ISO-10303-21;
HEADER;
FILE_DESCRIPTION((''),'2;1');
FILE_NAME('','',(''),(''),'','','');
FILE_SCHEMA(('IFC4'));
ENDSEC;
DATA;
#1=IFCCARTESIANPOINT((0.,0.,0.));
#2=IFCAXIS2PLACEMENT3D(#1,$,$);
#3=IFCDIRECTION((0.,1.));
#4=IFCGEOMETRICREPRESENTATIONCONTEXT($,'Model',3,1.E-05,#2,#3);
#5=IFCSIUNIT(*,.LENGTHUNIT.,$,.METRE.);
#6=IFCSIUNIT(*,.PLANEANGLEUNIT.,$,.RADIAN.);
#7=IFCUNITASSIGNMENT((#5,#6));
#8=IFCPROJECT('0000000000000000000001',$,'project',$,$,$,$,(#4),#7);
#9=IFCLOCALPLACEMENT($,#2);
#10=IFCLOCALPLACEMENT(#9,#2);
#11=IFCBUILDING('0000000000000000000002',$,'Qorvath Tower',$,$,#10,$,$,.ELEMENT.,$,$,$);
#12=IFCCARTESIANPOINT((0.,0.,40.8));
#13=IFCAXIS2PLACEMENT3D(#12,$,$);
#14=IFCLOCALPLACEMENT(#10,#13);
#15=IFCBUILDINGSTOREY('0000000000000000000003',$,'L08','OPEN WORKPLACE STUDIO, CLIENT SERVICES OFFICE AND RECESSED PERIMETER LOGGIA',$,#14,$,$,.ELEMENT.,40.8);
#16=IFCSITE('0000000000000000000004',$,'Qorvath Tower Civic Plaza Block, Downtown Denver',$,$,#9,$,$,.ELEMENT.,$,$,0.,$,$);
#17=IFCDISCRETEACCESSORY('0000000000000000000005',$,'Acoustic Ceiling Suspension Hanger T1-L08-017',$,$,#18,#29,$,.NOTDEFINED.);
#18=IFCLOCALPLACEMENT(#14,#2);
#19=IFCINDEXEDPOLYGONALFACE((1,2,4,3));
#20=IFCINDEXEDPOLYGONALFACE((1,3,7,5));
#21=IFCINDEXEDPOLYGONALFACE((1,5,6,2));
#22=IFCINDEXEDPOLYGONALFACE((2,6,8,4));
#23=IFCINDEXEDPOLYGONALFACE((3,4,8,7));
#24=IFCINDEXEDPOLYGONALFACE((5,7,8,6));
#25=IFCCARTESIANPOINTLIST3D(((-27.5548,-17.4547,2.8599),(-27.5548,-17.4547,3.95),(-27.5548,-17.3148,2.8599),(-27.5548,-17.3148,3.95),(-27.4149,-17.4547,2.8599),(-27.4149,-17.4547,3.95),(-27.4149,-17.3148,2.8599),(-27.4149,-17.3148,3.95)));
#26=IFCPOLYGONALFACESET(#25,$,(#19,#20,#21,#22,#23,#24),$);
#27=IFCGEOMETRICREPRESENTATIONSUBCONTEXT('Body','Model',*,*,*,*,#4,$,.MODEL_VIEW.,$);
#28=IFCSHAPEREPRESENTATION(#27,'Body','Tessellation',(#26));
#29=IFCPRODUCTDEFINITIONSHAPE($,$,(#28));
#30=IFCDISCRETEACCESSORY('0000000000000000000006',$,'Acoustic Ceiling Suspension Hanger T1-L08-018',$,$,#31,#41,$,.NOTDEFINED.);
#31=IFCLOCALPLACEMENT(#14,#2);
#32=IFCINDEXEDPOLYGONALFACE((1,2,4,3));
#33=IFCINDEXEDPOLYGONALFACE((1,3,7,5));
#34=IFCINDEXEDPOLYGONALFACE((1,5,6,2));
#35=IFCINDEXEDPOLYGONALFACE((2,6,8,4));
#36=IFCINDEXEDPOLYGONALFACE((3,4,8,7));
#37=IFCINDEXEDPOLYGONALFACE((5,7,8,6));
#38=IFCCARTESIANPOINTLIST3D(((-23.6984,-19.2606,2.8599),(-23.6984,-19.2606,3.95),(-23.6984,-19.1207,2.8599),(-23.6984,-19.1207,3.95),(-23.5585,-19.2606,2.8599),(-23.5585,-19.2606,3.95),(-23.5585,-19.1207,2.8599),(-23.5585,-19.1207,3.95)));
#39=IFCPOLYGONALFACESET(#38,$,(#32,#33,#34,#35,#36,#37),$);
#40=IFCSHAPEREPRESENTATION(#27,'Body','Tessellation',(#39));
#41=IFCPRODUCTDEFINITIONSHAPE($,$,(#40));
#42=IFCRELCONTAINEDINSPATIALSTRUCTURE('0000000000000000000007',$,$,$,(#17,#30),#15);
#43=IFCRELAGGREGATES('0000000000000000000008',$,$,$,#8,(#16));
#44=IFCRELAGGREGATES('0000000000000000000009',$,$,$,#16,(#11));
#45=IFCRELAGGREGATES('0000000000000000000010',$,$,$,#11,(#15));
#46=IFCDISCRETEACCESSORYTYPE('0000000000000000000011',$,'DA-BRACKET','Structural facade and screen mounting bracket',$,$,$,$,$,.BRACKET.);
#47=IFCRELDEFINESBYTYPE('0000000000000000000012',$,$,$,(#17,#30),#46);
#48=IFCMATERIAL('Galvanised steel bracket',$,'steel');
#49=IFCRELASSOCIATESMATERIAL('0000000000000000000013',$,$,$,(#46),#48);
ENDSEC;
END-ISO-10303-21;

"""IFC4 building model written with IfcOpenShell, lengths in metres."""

from ifc_helpers import new_model, si_unit, direction, frame, origin, origin_2d, place, context, subcontext, project, spatial, rectangle, extrude, material, type_object, element, save


model = new_model("IFC4")

# Units and contexts
model_context = context("Model", 3, precision=1e-05, world=origin(), true_north=direction((0.0, 1.0)))
body_context = subcontext(model_context, "Body", "Model", "MODEL_VIEW")
ifc_project = project(units=[si_unit("LENGTHUNIT", "METRE"), si_unit("PLANEANGLEUNIT", "RADIAN")], contexts=[model_context])

# Site, building, storey
site_placement = place(None, origin())
site = spatial("IfcSite", under=ifc_project, at=site_placement, Name="Qorvath Tower Civic Plaza Block, Downtown Denver", CompositionType="ELEMENT", RefElevation=0.0)
building_placement = place(site_placement, origin())
building = spatial("IfcBuilding", under=site, at=building_placement, Name="Qorvath Tower", CompositionType="ELEMENT")
storey_placement = place(building_placement, frame((0.0, 0.0, 40.8)))
storey = spatial("IfcBuildingStorey", under=building, at=storey_placement, Name="L08", Description="OPEN WORKPLACE STUDIO, CLIENT SERVICES OFFICE AND RECESSED PERIMETER LOGGIA", CompositionType="ELEMENT", Elevation=40.8)

# Discrete accessories
ifc_material_1 = material(Name="Galvanised steel bracket", Category="steel")
discrete_accessory_type = type_object("IfcDiscreteAccessoryType", Name="DA-BRACKET", Description="Structural facade and screen mounting bracket", PredefinedType="BRACKET", material=ifc_material_1)
for number, where, z_axis, x_axis, name in (
    (1, (-27.4849, -17.3848, 2.8599), (0.0, 0.0, 1.0), (1.0, 0.0, 0.0), "Acoustic Ceiling Suspension Hanger T1-L08-017"),
    (2, (-23.6284, -19.1907, 2.8599), (0.0, 0.0, 1.0), (1.0, 0.0, 0.0), "Acoustic Ceiling Suspension Hanger T1-L08-018"),
):
    element("IfcDiscreteAccessory", number, at=place(storey_placement, frame(where, z_axis=z_axis, x_axis=x_axis)), inside=storey, type_object=discrete_accessory_type, Name=name, PredefinedType="NOTDEFINED", context=body_context, shape_type="SweptSolid", body=[
        extrude(rectangle(XDim=0.1399, YDim=0.1399, at=origin_2d()), origin(), (0.0, 0.0, 1.0), 1.0901),
    ])

save(model, "model.ifc")
